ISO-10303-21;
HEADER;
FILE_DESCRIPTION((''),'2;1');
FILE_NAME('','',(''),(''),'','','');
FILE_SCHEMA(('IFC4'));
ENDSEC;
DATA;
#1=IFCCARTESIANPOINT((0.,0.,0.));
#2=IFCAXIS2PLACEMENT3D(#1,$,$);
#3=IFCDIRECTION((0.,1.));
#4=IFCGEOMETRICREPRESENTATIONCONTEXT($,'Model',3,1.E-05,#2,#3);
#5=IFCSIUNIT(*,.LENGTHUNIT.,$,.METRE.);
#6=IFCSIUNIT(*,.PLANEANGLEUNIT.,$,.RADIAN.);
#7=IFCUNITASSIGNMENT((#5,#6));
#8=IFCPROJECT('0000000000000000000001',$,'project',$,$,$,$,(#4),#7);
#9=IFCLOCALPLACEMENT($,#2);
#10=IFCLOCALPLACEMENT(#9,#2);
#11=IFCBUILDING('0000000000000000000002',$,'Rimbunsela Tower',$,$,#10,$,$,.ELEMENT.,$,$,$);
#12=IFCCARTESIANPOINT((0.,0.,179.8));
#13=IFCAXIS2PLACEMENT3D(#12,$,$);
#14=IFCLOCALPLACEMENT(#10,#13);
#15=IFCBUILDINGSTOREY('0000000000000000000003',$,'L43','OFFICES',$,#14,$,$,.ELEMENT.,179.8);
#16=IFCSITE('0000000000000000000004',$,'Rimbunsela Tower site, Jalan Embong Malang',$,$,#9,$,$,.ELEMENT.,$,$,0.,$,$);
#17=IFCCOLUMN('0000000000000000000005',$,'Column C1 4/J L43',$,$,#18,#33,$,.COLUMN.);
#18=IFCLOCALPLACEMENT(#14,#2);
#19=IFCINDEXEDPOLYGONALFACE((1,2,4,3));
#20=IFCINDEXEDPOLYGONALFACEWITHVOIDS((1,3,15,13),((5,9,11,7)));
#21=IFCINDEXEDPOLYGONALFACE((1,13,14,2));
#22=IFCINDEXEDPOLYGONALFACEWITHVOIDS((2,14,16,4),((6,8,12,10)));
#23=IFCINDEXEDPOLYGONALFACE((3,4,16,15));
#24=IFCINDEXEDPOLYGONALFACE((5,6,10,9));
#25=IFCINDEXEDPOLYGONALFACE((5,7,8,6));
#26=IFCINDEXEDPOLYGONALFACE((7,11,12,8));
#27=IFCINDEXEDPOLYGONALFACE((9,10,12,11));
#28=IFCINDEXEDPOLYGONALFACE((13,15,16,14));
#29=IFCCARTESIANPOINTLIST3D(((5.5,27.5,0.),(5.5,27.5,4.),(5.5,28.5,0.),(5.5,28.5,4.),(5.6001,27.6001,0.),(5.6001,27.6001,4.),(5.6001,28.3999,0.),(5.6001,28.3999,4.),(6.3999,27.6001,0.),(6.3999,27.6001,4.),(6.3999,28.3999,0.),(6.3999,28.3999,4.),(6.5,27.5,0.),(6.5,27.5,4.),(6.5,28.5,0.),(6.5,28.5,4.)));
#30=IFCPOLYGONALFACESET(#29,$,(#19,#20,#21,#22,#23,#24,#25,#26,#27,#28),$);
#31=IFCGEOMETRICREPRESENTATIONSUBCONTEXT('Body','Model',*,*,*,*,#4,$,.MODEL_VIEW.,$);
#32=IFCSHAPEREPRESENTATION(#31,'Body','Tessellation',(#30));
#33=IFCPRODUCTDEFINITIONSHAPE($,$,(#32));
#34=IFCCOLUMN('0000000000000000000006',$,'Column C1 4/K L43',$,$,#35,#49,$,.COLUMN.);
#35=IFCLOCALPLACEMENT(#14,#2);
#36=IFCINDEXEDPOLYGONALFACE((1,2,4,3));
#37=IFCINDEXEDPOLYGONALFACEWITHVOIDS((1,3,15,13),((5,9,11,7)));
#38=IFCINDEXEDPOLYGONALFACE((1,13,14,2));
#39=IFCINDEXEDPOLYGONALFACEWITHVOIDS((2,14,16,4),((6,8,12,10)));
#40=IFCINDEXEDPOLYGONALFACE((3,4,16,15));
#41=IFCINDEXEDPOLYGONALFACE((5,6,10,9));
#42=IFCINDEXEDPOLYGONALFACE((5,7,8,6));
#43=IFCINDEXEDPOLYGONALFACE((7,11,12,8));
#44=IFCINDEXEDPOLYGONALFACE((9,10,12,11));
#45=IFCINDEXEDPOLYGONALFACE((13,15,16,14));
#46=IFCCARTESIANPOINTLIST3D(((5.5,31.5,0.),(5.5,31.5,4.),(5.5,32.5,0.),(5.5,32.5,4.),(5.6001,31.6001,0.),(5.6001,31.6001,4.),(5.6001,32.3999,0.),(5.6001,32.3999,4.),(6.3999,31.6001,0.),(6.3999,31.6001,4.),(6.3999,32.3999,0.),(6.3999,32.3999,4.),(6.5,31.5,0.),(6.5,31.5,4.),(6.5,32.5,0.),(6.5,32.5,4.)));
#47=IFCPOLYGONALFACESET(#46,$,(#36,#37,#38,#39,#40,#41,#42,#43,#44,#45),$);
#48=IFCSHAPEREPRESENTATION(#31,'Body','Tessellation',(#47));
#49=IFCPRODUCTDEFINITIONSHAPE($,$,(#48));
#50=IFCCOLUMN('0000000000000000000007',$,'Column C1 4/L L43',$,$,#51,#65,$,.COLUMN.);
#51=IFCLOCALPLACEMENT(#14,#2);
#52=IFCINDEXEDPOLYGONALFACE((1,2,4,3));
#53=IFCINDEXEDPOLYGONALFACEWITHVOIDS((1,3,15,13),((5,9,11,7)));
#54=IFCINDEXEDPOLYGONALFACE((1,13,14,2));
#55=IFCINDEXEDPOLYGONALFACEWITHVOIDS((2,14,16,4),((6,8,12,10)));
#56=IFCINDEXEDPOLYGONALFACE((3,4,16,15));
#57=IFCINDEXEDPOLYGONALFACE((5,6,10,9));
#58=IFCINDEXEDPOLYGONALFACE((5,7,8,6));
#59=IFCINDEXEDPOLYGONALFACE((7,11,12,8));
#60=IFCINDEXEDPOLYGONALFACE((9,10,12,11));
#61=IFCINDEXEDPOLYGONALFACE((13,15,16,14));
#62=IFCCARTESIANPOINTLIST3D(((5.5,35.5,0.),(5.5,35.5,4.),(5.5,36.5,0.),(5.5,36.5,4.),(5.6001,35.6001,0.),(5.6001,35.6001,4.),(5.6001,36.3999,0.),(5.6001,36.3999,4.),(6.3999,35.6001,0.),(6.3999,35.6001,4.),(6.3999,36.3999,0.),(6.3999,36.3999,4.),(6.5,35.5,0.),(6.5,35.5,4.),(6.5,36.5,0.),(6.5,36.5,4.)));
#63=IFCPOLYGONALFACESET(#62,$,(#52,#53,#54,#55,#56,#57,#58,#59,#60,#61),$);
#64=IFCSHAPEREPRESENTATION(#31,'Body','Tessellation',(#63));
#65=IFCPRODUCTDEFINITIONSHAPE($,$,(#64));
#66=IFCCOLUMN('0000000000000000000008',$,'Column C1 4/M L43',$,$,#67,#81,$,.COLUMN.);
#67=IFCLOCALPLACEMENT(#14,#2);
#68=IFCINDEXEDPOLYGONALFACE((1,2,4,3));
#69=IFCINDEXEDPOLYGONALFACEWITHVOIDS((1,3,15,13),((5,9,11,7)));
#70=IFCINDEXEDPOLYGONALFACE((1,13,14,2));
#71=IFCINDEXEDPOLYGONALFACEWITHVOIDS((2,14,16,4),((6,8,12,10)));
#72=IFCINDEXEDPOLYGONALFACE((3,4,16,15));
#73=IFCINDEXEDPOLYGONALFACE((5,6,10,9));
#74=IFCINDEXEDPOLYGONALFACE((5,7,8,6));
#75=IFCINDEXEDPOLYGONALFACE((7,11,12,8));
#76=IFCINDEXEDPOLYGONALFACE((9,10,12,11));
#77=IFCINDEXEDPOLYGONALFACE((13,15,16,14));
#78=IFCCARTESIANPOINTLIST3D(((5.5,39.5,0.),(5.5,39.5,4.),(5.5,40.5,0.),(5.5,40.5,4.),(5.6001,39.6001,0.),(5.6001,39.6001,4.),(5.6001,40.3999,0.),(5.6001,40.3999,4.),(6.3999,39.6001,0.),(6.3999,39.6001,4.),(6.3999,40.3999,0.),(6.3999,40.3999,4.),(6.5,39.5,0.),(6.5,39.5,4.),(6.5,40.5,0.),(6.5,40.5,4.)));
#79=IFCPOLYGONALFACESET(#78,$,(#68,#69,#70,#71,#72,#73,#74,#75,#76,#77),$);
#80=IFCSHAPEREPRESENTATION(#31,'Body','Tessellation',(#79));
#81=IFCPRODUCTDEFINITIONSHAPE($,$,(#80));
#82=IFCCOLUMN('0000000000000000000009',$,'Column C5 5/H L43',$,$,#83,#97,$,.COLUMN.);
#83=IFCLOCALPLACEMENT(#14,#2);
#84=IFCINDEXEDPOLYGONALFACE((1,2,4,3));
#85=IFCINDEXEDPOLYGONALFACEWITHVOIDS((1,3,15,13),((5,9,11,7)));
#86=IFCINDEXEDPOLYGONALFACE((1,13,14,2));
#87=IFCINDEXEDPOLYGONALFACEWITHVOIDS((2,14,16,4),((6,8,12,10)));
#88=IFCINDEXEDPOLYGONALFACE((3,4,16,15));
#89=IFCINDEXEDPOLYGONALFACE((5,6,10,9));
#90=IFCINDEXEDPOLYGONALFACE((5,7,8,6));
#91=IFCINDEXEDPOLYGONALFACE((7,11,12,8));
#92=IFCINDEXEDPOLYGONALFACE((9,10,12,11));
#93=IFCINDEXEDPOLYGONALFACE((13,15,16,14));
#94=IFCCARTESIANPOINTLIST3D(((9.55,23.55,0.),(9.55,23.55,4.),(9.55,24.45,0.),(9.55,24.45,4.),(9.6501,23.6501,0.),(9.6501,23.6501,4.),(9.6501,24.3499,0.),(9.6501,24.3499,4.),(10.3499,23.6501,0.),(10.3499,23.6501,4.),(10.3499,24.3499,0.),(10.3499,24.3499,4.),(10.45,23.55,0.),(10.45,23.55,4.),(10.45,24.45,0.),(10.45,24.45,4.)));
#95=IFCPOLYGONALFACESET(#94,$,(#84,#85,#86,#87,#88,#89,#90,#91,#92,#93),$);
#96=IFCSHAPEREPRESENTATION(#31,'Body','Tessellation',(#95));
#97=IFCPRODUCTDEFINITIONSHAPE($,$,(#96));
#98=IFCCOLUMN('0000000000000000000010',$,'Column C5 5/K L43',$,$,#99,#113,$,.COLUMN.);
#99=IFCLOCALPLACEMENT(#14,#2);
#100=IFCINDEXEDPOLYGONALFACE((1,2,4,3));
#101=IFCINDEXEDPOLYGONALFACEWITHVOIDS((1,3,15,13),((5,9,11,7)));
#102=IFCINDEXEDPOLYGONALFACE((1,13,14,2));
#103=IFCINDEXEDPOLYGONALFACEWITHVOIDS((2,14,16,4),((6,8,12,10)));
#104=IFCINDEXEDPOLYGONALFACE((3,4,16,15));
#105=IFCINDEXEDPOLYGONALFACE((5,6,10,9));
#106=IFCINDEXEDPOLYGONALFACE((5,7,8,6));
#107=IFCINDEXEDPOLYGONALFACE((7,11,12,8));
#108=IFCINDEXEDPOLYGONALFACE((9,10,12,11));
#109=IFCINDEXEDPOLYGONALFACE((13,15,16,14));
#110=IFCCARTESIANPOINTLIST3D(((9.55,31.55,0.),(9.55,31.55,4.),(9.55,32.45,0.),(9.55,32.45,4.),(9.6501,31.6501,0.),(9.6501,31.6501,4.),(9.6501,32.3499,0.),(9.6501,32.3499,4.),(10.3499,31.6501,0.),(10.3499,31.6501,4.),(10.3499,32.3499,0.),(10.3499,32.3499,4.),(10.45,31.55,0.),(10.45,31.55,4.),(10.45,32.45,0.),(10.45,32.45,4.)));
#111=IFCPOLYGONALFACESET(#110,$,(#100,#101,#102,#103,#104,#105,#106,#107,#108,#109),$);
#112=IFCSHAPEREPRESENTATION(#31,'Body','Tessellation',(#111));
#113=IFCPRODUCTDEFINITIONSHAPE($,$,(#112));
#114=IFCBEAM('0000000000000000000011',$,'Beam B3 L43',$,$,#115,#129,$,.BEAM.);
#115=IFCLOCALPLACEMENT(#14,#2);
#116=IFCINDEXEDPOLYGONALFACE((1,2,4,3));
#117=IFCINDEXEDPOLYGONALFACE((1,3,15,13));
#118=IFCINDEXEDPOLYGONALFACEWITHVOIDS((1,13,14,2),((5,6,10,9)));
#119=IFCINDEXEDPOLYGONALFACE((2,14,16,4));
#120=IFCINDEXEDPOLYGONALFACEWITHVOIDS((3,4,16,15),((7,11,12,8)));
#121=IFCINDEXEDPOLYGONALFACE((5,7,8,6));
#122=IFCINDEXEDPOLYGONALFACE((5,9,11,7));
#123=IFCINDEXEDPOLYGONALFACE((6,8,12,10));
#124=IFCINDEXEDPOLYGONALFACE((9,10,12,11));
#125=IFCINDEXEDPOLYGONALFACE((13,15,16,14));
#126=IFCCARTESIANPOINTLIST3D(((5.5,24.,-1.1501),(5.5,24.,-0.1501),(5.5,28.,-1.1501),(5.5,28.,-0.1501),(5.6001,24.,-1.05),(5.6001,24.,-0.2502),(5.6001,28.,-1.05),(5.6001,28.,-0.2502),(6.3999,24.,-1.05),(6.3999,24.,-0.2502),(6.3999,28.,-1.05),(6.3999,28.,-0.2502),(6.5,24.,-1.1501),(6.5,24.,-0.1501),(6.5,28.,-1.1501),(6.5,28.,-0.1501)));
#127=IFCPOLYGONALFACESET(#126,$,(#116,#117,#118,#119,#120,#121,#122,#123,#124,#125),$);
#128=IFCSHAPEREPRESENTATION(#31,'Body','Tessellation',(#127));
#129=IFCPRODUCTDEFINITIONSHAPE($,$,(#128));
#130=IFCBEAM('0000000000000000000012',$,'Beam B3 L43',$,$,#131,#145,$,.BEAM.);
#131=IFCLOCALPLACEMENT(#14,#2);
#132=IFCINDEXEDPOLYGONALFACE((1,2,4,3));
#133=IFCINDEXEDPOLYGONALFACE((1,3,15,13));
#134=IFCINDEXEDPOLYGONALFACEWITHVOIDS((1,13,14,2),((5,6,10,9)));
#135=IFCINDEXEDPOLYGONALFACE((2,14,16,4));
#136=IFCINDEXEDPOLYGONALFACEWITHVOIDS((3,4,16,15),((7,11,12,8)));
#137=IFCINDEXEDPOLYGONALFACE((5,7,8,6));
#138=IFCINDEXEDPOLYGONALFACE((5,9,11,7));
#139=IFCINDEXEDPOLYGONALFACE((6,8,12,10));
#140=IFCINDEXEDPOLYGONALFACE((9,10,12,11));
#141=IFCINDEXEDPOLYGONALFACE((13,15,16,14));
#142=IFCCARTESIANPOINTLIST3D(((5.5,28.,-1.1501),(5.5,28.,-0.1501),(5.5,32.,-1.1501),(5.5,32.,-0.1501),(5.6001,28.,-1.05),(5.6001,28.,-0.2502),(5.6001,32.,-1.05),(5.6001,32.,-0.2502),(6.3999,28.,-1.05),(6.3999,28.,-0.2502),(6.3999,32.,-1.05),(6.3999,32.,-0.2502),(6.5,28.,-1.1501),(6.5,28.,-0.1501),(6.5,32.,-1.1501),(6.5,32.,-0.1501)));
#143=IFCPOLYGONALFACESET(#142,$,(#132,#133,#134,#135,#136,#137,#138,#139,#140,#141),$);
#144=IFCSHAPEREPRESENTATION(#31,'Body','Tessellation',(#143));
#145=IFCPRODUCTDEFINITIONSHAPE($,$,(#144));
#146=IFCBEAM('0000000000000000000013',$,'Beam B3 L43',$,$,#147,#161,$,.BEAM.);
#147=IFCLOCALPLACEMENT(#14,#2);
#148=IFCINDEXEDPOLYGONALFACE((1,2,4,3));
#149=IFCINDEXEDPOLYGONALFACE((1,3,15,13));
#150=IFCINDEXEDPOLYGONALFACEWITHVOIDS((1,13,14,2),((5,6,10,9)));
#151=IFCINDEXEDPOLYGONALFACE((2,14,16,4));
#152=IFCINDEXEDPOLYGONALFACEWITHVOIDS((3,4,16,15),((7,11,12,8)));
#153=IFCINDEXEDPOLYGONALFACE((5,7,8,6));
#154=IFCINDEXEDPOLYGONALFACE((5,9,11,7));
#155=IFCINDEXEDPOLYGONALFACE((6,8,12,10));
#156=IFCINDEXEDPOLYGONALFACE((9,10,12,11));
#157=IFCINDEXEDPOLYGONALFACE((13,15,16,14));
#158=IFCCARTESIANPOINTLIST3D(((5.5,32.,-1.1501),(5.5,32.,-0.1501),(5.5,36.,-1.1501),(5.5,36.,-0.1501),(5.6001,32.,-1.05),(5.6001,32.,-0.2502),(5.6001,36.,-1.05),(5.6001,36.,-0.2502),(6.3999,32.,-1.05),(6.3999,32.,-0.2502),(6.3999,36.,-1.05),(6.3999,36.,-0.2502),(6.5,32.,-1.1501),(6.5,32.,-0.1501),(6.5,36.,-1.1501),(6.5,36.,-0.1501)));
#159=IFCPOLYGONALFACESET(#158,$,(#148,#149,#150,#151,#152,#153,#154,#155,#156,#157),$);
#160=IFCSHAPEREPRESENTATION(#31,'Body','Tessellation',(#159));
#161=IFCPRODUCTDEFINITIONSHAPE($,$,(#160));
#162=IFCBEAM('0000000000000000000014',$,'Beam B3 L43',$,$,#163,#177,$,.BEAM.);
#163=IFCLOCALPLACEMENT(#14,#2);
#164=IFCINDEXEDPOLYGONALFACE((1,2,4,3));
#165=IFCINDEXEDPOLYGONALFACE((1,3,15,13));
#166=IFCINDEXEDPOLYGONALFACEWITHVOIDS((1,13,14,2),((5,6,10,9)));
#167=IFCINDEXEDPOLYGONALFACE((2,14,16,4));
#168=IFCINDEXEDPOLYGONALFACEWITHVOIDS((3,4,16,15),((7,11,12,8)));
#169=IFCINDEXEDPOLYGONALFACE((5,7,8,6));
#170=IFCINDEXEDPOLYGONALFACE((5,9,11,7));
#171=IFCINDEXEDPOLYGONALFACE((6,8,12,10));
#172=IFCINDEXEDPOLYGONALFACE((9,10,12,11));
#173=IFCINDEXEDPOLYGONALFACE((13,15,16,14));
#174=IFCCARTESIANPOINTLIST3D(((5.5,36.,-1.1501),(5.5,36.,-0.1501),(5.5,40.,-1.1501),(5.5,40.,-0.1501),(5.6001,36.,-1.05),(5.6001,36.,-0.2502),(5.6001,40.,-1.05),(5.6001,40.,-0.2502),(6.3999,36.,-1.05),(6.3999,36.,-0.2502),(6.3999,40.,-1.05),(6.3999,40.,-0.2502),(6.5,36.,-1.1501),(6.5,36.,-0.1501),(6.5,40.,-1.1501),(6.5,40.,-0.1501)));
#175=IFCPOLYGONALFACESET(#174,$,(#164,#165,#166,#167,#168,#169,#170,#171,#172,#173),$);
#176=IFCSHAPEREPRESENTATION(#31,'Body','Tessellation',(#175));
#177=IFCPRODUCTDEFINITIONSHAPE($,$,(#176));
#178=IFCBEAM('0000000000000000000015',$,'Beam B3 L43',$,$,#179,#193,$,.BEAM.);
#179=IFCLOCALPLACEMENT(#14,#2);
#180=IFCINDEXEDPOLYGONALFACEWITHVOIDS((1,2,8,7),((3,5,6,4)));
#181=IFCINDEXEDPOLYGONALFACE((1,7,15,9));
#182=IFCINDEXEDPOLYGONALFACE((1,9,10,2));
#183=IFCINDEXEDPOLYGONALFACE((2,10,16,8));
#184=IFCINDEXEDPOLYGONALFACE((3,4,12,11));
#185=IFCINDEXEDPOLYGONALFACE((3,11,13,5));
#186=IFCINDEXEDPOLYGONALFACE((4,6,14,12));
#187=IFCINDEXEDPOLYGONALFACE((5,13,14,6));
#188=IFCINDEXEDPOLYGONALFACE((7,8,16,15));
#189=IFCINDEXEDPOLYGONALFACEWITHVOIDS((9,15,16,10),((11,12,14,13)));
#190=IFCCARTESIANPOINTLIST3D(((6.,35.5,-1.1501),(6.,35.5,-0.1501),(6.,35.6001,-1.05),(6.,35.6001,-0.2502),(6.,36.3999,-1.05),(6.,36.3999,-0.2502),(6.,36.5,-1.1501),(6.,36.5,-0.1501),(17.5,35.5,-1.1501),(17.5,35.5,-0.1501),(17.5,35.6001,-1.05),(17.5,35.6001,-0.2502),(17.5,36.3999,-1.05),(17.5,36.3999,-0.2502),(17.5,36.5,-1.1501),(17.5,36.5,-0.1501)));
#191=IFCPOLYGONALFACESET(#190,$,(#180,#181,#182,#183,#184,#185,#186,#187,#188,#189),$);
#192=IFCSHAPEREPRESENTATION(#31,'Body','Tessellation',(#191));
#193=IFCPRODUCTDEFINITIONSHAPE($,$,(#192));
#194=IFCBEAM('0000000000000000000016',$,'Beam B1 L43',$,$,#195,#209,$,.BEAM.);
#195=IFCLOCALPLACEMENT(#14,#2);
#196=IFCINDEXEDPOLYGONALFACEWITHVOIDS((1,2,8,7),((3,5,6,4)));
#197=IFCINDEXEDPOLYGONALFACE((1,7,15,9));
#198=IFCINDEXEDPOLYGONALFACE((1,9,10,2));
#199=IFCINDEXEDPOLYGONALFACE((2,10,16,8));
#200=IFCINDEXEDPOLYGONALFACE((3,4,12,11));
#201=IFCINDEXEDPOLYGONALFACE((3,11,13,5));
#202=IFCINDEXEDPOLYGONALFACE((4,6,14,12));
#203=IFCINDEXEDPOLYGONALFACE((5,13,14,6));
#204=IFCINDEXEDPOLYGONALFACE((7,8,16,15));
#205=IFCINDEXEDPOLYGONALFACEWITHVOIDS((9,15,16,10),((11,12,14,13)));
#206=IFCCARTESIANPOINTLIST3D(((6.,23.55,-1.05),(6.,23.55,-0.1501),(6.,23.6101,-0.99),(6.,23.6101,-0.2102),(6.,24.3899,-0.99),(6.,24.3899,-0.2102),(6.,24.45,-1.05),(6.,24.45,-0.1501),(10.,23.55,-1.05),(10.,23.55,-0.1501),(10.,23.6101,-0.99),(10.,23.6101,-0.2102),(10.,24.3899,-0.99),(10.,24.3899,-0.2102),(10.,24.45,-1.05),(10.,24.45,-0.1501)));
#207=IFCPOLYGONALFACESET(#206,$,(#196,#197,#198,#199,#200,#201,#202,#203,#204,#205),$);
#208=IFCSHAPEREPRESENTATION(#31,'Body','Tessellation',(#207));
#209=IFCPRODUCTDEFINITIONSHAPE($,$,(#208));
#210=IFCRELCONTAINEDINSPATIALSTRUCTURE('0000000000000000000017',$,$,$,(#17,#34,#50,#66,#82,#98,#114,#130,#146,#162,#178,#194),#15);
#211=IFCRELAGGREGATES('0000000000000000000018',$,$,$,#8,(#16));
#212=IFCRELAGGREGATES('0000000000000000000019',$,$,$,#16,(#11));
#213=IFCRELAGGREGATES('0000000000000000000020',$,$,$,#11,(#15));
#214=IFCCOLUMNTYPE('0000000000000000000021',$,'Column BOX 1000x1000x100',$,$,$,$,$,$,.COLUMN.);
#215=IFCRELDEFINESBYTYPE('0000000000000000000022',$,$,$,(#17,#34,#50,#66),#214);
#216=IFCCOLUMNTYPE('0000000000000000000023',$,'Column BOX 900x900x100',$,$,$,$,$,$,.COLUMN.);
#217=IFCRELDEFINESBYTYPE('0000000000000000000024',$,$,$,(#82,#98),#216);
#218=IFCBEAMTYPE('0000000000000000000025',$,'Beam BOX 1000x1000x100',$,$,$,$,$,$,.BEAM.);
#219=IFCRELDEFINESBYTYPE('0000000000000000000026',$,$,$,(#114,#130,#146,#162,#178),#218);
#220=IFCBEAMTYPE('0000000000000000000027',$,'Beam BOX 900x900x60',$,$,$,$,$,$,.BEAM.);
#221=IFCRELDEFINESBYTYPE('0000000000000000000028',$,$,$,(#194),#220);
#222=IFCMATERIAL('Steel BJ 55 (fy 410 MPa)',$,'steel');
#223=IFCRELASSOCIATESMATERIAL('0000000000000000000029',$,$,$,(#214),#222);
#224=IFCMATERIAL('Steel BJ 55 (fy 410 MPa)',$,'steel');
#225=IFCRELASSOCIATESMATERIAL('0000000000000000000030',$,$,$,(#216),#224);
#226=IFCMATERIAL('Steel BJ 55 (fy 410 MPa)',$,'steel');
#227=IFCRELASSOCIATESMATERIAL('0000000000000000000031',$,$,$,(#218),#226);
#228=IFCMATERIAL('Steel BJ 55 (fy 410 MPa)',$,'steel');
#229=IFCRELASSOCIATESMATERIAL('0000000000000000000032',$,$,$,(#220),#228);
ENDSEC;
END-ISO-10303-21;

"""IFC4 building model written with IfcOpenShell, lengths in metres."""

from ifc_helpers import new_model, si_unit, direction, frame, origin, origin_2d, place, context, subcontext, project, spatial, hollow_rectangle, extrude, material, material_profile, profile_set, type_object, element, save


model = new_model("IFC4")

# Units and contexts
model_context = context("Model", 3, precision=1e-05, world=origin(), true_north=direction((0.0, 1.0)))
body_context = subcontext(model_context, "Body", "Model", "MODEL_VIEW")
ifc_project = project(units=[si_unit("LENGTHUNIT", "METRE"), si_unit("PLANEANGLEUNIT", "RADIAN")], contexts=[model_context])

# Site, building, storey
site_placement = place(None, origin())
site = spatial("IfcSite", under=ifc_project, at=site_placement, Name="Rimbunsela Tower site, Jalan Embong Malang", CompositionType="ELEMENT", RefElevation=0.0)
building_placement = place(site_placement, origin())
building = spatial("IfcBuilding", under=site, at=building_placement, Name="Rimbunsela Tower", CompositionType="ELEMENT")
storey_placement = place(building_placement, frame((0.0, 0.0, 179.8)))
storey = spatial("IfcBuildingStorey", under=building, at=storey_placement, Name="L43", Description="OFFICES", CompositionType="ELEMENT", Elevation=179.8)

# Columns
ifc_material_1 = material(Name="Steel BJ 55 (fy 410 MPa)", Category="steel")
ifc_material_profile_1 = material_profile(ifc_material_1, hollow_rectangle(XDim=1.0, YDim=1.0, WallThickness=0.1001, at=origin_2d()), Name="BOX 1000x1000x100")
ifc_profile_set_1 = profile_set([ifc_material_profile_1], Name="Steel BJ 55 (fy 410 MPa)")
column_type_1 = type_object("IfcColumnType", Name="Column BOX 1000x1000x100", PredefinedType="COLUMN", material=ifc_profile_set_1)
for number, where, z_axis, x_axis, name in (
    (1, (6.0, 28.0, 0.0), (0.0, 0.0, 1.0), (1.0, 0.0, 0.0), "Column C1 4/J L43"),
    (2, (6.0, 32.0, 0.0), (0.0, 0.0, 1.0), (1.0, 0.0, 0.0), "Column C1 4/K L43"),
    (3, (6.0, 36.0, 0.0), (0.0, 0.0, 1.0), (1.0, 0.0, 0.0), "Column C1 4/L L43"),
    (4, (6.0, 40.0, 0.0), (0.0, 0.0, 1.0), (1.0, 0.0, 0.0), "Column C1 4/M L43"),
):
    element("IfcColumn", number, at=place(storey_placement, frame(where, z_axis=z_axis, x_axis=x_axis)), inside=storey, type_object=column_type_1, Name=name, PredefinedType="COLUMN", context=body_context, shape_type="SweptSolid", body=[
        extrude(hollow_rectangle(XDim=1.0, YDim=1.0, WallThickness=0.1001, at=origin_2d()), origin(), (0.0, 0.0, 1.0), 4.0),
    ])
ifc_material_2 = material(Name="Steel BJ 55 (fy 410 MPa)", Category="steel")
ifc_material_profile_2 = material_profile(ifc_material_2, hollow_rectangle(XDim=0.8999, YDim=0.8999, WallThickness=0.1001, at=origin_2d()), Name="BOX 900x900x100")
ifc_profile_set_2 = profile_set([ifc_material_profile_2], Name="Steel BJ 55 (fy 410 MPa)")
column_type_2 = type_object("IfcColumnType", Name="Column BOX 900x900x100", PredefinedType="COLUMN", material=ifc_profile_set_2)
for number, where, z_axis, x_axis, name in (
    (5, (10.0, 24.0, 0.0), (0.0, 0.0, 1.0), (1.0, 0.0, 0.0), "Column C5 5/H L43"),
    (6, (10.0, 32.0, 0.0), (0.0, 0.0, 1.0), (1.0, 0.0, 0.0), "Column C5 5/K L43"),
):
    element("IfcColumn", number, at=place(storey_placement, frame(where, z_axis=z_axis, x_axis=x_axis)), inside=storey, type_object=column_type_2, Name=name, PredefinedType="COLUMN", context=body_context, shape_type="SweptSolid", body=[
        extrude(hollow_rectangle(XDim=0.8999, YDim=0.8999, WallThickness=0.1001, at=origin_2d()), origin(), (0.0, 0.0, 1.0), 4.0),
    ])

# Beams
ifc_material_3 = material(Name="Steel BJ 55 (fy 410 MPa)", Category="steel")
ifc_material_profile_3 = material_profile(ifc_material_3, hollow_rectangle(XDim=1.0, YDim=1.0, WallThickness=0.1001, at=origin_2d()), Name="BOX 1000x1000x100")
ifc_profile_set_3 = profile_set([ifc_material_profile_3], Name="Steel BJ 55 (fy 410 MPa)")
beam_type_1 = type_object("IfcBeamType", Name="Beam BOX 1000x1000x100", PredefinedType="BEAM", material=ifc_profile_set_3)
for number, where, z_axis, x_axis, name in (
    (7, (6.0, 24.0, -0.6501), (0.0, 1.0, 0.0), (-1.0, 0.0, 0.0), "Beam B3 L43"),
    (8, (6.0, 28.0, -0.6501), (0.0, 1.0, 0.0), (-1.0, 0.0, 0.0), "Beam B3 L43"),
    (9, (6.0, 32.0, -0.6501), (0.0, 1.0, 0.0), (-1.0, 0.0, 0.0), "Beam B3 L43"),
    (10, (6.0, 36.0, -0.6501), (0.0, 1.0, 0.0), (-1.0, 0.0, 0.0), "Beam B3 L43"),
):
    element("IfcBeam", number, at=place(storey_placement, frame(where, z_axis=z_axis, x_axis=x_axis)), inside=storey, type_object=beam_type_1, Name=name, PredefinedType="BEAM", context=body_context, shape_type="SweptSolid", body=[
        extrude(hollow_rectangle(XDim=1.0, YDim=1.0, WallThickness=0.1001, at=origin_2d()), origin(), (0.0, 0.0, 1.0), 4.0),
    ])
beam_1_placement = place(storey_placement, frame((6.0, 36.0, -0.6501), z_axis=(1.0, 0.0, 0.0), x_axis=(0.0, 1.0, 0.0)))
element("IfcBeam", 11, at=beam_1_placement, inside=storey, type_object=beam_type_1, Name="Beam B3 L43", PredefinedType="BEAM", context=body_context, shape_type="SweptSolid", body=[
    extrude(hollow_rectangle(XDim=1.0, YDim=1.0, WallThickness=0.1001, at=origin_2d()), origin(), (0.0, 0.0, 1.0), 11.5),
])
ifc_material_4 = material(Name="Steel BJ 55 (fy 410 MPa)", Category="steel")
ifc_material_profile_4 = material_profile(ifc_material_4, hollow_rectangle(XDim=0.8999, YDim=0.8999, WallThickness=0.0601, at=origin_2d()), Name="BOX 900x900x60")
ifc_profile_set_4 = profile_set([ifc_material_profile_4], Name="Steel BJ 55 (fy 410 MPa)")
beam_type_2 = type_object("IfcBeamType", Name="Beam BOX 900x900x60", PredefinedType="BEAM", material=ifc_profile_set_4)
for number, where, z_axis, x_axis, name in (
    (12, (6.0, 24.0, -0.6001), (1.0, 0.0, 0.0), (0.0, 1.0, 0.0), "Beam B1 L43"),
):
    element("IfcBeam", number, at=place(storey_placement, frame(where, z_axis=z_axis, x_axis=x_axis)), inside=storey, type_object=beam_type_2, Name=name, PredefinedType="BEAM", context=body_context, shape_type="SweptSolid", body=[
        extrude(hollow_rectangle(XDim=0.8999, YDim=0.8999, WallThickness=0.0601, at=origin_2d()), origin(), (0.0, 0.0, 1.0), 4.0),
    ])

save(model, "model.ifc")
